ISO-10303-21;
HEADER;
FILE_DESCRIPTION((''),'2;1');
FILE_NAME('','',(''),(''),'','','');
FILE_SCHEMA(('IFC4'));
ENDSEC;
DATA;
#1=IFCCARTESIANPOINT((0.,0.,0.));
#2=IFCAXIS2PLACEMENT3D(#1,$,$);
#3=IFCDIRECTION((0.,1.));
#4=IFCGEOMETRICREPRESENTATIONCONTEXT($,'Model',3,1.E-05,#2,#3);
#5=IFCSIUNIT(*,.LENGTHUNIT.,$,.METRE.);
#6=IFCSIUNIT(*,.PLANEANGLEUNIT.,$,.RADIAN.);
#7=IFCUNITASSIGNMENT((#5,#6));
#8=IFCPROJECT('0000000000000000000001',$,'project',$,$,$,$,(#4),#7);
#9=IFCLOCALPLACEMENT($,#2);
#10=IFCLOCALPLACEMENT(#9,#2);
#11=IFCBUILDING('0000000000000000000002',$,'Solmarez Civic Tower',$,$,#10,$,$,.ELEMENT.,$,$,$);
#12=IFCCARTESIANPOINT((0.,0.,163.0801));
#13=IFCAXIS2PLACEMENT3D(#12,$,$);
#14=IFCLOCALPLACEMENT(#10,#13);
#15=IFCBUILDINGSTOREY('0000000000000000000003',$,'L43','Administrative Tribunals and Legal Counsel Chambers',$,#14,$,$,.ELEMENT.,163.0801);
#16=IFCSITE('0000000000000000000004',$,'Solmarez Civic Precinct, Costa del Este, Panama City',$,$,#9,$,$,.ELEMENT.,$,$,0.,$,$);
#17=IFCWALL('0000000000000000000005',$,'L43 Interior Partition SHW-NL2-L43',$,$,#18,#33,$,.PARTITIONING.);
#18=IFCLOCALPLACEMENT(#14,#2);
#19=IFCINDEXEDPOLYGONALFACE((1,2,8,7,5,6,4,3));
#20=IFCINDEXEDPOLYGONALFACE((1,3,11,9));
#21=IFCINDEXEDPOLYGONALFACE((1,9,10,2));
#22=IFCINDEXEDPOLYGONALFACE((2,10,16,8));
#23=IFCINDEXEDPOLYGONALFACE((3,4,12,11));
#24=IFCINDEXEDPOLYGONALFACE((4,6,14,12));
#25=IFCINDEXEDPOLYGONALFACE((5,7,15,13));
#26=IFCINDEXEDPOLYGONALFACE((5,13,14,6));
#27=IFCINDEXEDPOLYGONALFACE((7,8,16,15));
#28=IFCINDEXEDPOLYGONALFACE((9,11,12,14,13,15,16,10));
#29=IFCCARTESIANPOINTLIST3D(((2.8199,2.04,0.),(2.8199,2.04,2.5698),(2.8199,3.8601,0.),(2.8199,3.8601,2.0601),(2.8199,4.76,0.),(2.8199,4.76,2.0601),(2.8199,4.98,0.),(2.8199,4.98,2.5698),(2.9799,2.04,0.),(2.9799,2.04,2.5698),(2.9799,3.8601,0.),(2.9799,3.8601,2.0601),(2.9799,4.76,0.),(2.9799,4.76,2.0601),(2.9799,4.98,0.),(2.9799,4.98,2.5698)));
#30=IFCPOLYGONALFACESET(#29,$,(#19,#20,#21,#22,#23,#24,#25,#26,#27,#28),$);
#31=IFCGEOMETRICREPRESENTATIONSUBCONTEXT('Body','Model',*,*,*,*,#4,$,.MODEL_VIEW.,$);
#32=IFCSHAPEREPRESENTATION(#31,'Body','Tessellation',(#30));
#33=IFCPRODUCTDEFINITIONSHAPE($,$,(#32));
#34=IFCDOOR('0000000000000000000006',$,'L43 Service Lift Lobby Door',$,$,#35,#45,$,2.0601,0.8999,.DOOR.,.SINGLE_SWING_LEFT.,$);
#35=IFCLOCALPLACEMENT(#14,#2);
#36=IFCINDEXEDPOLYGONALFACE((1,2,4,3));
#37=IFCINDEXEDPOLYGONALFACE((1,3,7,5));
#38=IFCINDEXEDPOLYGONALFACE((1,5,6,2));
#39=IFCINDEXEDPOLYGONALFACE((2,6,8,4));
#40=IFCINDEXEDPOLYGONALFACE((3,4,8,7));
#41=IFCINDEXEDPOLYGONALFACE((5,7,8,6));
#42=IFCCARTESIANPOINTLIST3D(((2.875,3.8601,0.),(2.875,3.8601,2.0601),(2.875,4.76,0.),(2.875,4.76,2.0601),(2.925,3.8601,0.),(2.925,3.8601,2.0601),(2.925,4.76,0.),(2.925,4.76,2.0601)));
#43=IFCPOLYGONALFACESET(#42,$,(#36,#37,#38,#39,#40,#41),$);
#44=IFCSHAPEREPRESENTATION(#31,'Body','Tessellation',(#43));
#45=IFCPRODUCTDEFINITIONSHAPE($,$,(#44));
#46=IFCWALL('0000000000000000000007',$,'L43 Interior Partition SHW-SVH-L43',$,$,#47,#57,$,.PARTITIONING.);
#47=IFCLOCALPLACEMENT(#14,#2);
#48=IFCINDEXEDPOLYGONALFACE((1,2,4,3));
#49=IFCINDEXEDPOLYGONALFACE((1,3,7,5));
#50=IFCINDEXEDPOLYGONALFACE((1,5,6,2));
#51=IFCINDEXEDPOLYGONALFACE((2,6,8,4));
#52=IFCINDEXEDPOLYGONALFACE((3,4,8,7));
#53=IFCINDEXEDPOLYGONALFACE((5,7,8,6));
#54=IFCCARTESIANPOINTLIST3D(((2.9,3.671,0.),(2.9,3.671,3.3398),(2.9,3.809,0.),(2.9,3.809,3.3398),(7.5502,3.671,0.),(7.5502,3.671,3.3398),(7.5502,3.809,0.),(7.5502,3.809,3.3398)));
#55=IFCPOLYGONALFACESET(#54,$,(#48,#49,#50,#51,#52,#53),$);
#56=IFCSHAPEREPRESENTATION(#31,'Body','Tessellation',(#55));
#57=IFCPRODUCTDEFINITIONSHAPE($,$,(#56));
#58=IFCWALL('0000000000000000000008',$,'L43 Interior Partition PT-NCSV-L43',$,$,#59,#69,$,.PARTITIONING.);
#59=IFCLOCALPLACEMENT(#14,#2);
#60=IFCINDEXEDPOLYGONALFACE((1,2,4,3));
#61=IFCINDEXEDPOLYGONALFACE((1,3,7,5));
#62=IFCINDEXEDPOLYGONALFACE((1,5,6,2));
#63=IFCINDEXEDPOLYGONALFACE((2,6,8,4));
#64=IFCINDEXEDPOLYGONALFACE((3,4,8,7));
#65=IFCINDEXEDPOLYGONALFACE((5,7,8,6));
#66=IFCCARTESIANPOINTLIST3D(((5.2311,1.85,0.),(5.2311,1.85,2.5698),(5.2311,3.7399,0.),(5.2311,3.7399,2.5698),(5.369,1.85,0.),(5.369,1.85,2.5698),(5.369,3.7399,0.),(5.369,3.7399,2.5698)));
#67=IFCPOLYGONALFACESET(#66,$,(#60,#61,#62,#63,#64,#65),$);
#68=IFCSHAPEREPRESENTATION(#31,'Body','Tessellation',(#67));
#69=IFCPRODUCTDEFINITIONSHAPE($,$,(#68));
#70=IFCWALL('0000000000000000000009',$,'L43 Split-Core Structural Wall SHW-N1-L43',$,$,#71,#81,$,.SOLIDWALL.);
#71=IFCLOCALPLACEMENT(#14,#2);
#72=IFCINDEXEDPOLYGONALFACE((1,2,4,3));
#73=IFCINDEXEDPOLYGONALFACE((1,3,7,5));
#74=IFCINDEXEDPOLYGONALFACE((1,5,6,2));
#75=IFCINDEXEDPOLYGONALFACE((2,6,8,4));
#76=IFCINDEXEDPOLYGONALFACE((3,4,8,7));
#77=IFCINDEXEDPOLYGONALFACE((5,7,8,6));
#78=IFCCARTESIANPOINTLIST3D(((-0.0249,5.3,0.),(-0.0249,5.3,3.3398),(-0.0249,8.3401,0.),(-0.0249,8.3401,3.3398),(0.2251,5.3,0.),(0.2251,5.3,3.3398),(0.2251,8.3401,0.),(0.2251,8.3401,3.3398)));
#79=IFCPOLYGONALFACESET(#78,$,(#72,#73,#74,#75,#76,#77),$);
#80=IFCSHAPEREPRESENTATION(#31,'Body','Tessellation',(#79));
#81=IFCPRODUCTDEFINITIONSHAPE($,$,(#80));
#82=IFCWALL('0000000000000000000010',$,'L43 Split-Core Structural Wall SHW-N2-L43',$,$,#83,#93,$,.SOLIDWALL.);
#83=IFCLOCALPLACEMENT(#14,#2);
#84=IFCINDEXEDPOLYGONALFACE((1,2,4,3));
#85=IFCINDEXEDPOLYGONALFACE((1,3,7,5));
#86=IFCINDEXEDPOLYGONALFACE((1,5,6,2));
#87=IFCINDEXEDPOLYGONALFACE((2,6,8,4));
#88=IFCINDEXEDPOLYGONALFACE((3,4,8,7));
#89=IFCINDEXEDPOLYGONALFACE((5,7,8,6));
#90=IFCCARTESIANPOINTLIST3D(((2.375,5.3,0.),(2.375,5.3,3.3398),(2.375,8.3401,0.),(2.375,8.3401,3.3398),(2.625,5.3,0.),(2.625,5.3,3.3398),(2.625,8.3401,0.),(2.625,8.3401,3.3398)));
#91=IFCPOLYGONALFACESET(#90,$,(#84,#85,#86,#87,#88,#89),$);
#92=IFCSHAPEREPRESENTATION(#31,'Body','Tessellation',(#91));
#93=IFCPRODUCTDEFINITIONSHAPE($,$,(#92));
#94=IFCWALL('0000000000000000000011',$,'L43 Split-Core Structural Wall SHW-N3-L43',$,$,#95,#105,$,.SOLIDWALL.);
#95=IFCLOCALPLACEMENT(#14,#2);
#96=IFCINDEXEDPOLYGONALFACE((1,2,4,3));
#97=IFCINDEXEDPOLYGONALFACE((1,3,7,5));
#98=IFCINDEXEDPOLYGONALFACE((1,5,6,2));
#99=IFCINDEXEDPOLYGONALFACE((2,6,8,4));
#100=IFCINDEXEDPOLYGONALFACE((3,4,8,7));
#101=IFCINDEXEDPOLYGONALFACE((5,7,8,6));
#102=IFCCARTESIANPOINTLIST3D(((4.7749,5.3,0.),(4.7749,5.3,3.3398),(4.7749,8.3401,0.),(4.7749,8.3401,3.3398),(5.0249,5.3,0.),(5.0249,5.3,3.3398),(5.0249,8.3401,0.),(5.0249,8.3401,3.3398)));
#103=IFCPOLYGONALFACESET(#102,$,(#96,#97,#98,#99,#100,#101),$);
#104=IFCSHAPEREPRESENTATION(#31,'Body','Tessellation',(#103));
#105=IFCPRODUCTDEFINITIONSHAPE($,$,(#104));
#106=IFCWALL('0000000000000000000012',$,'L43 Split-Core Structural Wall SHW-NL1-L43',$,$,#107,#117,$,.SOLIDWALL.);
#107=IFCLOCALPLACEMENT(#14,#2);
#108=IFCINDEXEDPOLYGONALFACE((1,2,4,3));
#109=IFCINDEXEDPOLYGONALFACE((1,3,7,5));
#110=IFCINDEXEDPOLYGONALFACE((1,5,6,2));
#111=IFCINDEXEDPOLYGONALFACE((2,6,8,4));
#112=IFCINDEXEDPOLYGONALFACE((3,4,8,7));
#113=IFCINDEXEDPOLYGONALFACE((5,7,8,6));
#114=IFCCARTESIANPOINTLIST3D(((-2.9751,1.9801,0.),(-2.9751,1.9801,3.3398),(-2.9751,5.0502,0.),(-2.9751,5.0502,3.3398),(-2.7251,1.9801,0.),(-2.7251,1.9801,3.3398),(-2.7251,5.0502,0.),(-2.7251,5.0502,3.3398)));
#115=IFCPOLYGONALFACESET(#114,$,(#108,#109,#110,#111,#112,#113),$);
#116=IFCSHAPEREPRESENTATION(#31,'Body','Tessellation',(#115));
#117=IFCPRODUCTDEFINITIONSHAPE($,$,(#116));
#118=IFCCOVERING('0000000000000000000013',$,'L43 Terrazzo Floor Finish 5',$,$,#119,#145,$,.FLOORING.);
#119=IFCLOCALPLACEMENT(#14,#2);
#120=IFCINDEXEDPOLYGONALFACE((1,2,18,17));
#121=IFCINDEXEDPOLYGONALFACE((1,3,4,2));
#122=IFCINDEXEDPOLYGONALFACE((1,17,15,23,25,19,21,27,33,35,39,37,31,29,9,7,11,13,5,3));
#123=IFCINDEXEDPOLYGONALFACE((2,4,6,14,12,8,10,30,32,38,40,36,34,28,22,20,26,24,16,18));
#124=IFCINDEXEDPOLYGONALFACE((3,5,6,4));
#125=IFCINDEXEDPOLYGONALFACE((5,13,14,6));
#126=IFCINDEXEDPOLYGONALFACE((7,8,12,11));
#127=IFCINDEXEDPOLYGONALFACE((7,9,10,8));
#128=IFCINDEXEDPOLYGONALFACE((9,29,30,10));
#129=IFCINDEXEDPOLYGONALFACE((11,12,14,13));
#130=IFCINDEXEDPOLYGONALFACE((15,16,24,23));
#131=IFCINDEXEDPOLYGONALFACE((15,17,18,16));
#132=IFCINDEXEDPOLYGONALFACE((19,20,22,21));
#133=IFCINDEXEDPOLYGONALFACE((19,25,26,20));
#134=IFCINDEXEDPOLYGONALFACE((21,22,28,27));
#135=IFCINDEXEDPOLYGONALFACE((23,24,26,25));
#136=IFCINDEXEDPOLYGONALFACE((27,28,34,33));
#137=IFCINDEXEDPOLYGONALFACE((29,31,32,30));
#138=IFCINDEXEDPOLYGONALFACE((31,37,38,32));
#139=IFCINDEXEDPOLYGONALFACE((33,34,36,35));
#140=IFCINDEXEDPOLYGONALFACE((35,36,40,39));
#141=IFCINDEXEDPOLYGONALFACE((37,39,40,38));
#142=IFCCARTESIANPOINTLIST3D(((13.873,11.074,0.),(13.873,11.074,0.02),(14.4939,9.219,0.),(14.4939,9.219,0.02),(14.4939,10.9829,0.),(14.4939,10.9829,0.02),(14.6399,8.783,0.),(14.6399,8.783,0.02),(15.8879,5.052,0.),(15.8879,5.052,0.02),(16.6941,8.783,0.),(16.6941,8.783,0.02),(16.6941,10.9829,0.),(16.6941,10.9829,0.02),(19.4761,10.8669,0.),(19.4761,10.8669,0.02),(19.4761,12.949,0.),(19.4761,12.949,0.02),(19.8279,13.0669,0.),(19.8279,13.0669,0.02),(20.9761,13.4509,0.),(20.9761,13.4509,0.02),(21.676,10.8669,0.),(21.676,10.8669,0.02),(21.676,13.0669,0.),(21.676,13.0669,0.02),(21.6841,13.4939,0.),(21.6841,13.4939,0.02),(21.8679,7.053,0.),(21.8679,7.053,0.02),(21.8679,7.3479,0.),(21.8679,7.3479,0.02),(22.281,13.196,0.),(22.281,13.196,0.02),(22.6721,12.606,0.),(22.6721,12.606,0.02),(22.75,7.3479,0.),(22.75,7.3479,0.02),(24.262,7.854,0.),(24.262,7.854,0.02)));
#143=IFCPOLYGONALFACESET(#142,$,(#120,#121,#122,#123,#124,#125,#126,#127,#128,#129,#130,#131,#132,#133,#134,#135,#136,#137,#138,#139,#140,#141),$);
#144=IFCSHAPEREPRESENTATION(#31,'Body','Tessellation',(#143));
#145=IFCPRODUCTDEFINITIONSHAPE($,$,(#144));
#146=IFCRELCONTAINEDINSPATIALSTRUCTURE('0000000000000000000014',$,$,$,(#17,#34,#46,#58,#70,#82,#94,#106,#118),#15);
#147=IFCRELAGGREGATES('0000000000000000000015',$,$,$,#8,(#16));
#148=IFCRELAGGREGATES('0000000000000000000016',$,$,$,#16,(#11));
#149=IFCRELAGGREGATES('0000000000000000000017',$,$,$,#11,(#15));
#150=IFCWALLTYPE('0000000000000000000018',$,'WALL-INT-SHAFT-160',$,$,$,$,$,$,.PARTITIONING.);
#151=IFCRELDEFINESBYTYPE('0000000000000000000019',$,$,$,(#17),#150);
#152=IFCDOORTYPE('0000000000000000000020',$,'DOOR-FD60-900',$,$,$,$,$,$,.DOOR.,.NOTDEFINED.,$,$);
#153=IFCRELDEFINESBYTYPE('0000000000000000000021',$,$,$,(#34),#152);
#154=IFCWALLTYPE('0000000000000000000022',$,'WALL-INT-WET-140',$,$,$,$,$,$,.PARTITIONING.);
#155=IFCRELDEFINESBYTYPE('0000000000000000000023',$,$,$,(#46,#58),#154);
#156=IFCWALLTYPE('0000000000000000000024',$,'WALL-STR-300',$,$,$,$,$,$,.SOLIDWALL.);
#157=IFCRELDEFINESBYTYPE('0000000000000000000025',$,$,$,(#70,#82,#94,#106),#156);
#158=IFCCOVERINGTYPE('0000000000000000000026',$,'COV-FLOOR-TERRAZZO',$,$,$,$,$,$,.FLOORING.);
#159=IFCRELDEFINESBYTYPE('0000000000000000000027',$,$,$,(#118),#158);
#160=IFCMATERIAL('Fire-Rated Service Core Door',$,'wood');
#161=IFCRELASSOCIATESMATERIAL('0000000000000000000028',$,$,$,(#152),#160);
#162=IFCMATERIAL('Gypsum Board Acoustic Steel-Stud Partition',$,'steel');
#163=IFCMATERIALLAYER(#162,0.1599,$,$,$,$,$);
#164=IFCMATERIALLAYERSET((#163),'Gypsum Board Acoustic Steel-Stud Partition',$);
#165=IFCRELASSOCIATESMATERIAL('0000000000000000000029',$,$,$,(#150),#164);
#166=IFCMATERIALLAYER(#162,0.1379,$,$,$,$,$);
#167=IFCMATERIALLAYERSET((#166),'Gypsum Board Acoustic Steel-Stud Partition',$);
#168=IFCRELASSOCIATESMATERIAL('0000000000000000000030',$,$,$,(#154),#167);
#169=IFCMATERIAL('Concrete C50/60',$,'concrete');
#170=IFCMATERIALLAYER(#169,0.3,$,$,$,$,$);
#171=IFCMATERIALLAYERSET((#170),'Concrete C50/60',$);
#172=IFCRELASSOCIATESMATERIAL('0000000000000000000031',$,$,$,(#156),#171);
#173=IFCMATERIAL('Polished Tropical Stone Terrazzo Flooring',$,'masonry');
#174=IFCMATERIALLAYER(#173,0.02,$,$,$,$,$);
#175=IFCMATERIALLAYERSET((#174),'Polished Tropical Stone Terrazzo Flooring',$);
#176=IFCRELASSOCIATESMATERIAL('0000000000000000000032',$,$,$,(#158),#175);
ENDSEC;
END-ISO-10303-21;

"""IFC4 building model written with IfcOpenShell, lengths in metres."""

from ifc_helpers import new_model, si_unit, direction, frame, frame_2d, origin, place, context, subcontext, project, spatial, polyline, rectangle, outline, extrude, material, layer, layer_set, type_object, element, fill, save


model = new_model("IFC4")

# Units and contexts
model_context = context("Model", 3, precision=1e-05, world=origin(), true_north=direction((0.0, 1.0)))
body_context = subcontext(model_context, "Body", "Model", "MODEL_VIEW")
ifc_project = project(units=[si_unit("LENGTHUNIT", "METRE"), si_unit("PLANEANGLEUNIT", "RADIAN")], contexts=[model_context])

# Site, building, storey
site_placement = place(None, origin())
site = spatial("IfcSite", under=ifc_project, at=site_placement, Name="Solmarez Civic Precinct, Costa del Este, Panama City", CompositionType="ELEMENT", RefElevation=0.0)
building_placement = place(site_placement, origin())
building = spatial("IfcBuilding", under=site, at=building_placement, Name="Solmarez Civic Tower", CompositionType="ELEMENT")
storey_placement = place(building_placement, frame((0.0, 0.0, 163.0801)))
storey = spatial("IfcBuildingStorey", under=building, at=storey_placement, Name="L43", Description="Administrative Tribunals and Legal Counsel Chambers", CompositionType="ELEMENT", Elevation=163.0801)

# Shared definitions
ifc_material_1 = material(Name="Concrete C50/60", Category="concrete")

# Shared definitions
ifc_material_2 = material(Name="Fire-Rated Service Core Door", Category="wood")
door_type_1 = type_object("IfcDoorType", Name="DOOR-FD60-900", OperationType="NOTDEFINED", PredefinedType="DOOR", material=ifc_material_2)

# Shared definitions
ifc_material_3 = material(Name="Gypsum Board Acoustic Steel-Stud Partition", Category="steel")

# Wall, opening, door
ifc_layer_1 = layer(ifc_material_3, 0.1599)
ifc_layer_set_1 = layer_set([ifc_layer_1], Name="Gypsum Board Acoustic Steel-Stud Partition")
wall_type_1 = type_object("IfcWallType", Name="WALL-INT-SHAFT-160", PredefinedType="PARTITIONING", material=ifc_layer_set_1)
wall_1_placement = place(storey_placement, frame((2.8999, 2.04, 0.0), z_axis=(0.0, 0.0, 1.0), x_axis=(0.0, 1.0, 0.0)))
wall_1 = element("IfcWall", 1, at=wall_1_placement, inside=storey, type_object=wall_type_1, Name="L43 Interior Partition SHW-NL2-L43", PredefinedType="PARTITIONING", context=body_context, shape_type="SweptSolid", body=[
    extrude(rectangle(XDim=2.9399, YDim=0.1599, at=frame_2d((1.47, 0.0))), origin(), (0.0, 0.0, 1.0), 2.5698),
])
opening_1_placement = place(wall_1_placement, frame((1.8201, 0.0, 0.0)))
opening_1 = element("IfcOpeningElement", 2, at=opening_1_placement, cuts=wall_1, PredefinedType="OPENING", context=body_context, shape_type="SweptSolid", body=[
    extrude(rectangle(XDim=0.8999, YDim=2.0601, at=frame_2d((0.45, 1.03))), frame((0.0, 0.0898, 0.0), z_axis=(0.0, -1.0, 0.0), x_axis=(1.0, 0.0, 0.0)), (0.0, 0.0, 1.0), 0.1799),
])
door_1_placement = place(opening_1_placement, origin())
door_1 = element("IfcDoor", 3, at=door_1_placement, inside=storey, type_object=door_type_1, Name="L43 Service Lift Lobby Door", OperationType="SINGLE_SWING_LEFT", OverallHeight=2.0601, OverallWidth=0.8999, PredefinedType="DOOR", context=body_context, shape_type="SweptSolid", body=[
    extrude(rectangle(XDim=0.8999, YDim=2.0601, at=frame_2d((0.45, 1.03))), frame((0.0, 0.0249, 0.0), z_axis=(0.0, -1.0, 0.0), x_axis=(1.0, 0.0, 0.0)), (0.0, 0.0, 1.0), 0.05),
])
fill(opening_1, door_1)

# Walls
ifc_layer_2 = layer(ifc_material_3, 0.1379)
ifc_layer_set_2 = layer_set([ifc_layer_2], Name="Gypsum Board Acoustic Steel-Stud Partition")
wall_type_2 = type_object("IfcWallType", Name="WALL-INT-WET-140", PredefinedType="PARTITIONING", material=ifc_layer_set_2)
wall_2_placement = place(storey_placement, frame((2.8999, 3.74, 0.0), z_axis=(0.0, 0.0, 1.0), x_axis=(1.0, 0.0, 0.0)))
element("IfcWall", 4, at=wall_2_placement, inside=storey, type_object=wall_type_2, Name="L43 Interior Partition SHW-SVH-L43", PredefinedType="PARTITIONING", context=body_context, shape_type="SweptSolid", body=[
    extrude(rectangle(XDim=4.6501, YDim=0.1379, at=frame_2d((2.3252, 0.0))), origin(), (0.0, 0.0, 1.0), 3.3398),
])
wall_3_placement = place(storey_placement, frame((5.3, 1.8501, 0.0), z_axis=(0.0, 0.0, 1.0), x_axis=(0.0, 1.0, 0.0)))
element("IfcWall", 5, at=wall_3_placement, inside=storey, type_object=wall_type_2, Name="L43 Interior Partition PT-NCSV-L43", PredefinedType="PARTITIONING", context=body_context, shape_type="SweptSolid", body=[
    extrude(rectangle(XDim=1.8899, YDim=0.1379, at=frame_2d((0.9448, 0.0))), origin(), (0.0, 0.0, 1.0), 2.5698),
])

# Shared definitions
ifc_layer_3 = layer(ifc_material_1, 0.3)
ifc_layer_set_3 = layer_set([ifc_layer_3], Name="Concrete C50/60")
wall_type_3 = type_object("IfcWallType", Name="WALL-STR-300", PredefinedType="SOLIDWALL", material=ifc_layer_set_3)

# Walls
for number, where, z_axis, x_axis, name in (
    (6, (0.1001, 5.3, 0.0), (0.0, 0.0, 1.0), (0.0, 1.0, 0.0), "L43 Split-Core Structural Wall SHW-N1-L43"),
    (7, (2.5, 5.3, 0.0), (0.0, 0.0, 1.0), (0.0, 1.0, 0.0), "L43 Split-Core Structural Wall SHW-N2-L43"),
    (8, (4.8999, 5.3, 0.0), (0.0, 0.0, 1.0), (0.0, 1.0, 0.0), "L43 Split-Core Structural Wall SHW-N3-L43"),
):
    element("IfcWall", number, at=place(storey_placement, frame(where, z_axis=z_axis, x_axis=x_axis)), inside=storey, type_object=wall_type_3, Name=name, PredefinedType="SOLIDWALL", context=body_context, shape_type="SweptSolid", body=[
        extrude(rectangle(XDim=3.04, YDim=0.25, at=frame_2d((1.52, 0.0))), origin(), (0.0, 0.0, 1.0), 3.3398),
    ])
wall_4_placement = place(storey_placement, frame((-2.8501, 1.98, 0.0), z_axis=(0.0, 0.0, 1.0), x_axis=(0.0, 1.0, 0.0)))
element("IfcWall", 9, at=wall_4_placement, inside=storey, type_object=wall_type_3, Name="L43 Split-Core Structural Wall SHW-NL1-L43", PredefinedType="SOLIDWALL", context=body_context, shape_type="SweptSolid", body=[
    extrude(rectangle(XDim=3.0701, YDim=0.25, at=frame_2d((1.5352, 0.0))), origin(), (0.0, 0.0, 1.0), 3.3398),
])

# Covering
ifc_material_4 = material(Name="Polished Tropical Stone Terrazzo Flooring", Category="masonry")
ifc_layer_4 = layer(ifc_material_4, 0.02)
ifc_layer_set_4 = layer_set([ifc_layer_4], Name="Polished Tropical Stone Terrazzo Flooring")
covering_type = type_object("IfcCoveringType", Name="COV-FLOOR-TERRAZZO", PredefinedType="FLOORING", material=ifc_layer_set_4)
covering_placement = place(storey_placement, origin())
element("IfcCovering", 10, at=covering_placement, inside=storey, type_object=covering_type, Name="L43 Terrazzo Floor Finish 5", PredefinedType="FLOORING", context=body_context, shape_type="SweptSolid", body=[
    extrude(outline(polyline([(24.262, 7.854), (22.6721, 12.606), (22.281, 13.196), (21.6841, 13.4939), (20.9761, 13.4509), (19.8279, 13.0669), (21.676, 13.0669), (21.676, 10.8669), (19.4761, 10.8669), (19.4761, 12.949), (13.873, 11.074), (14.4939, 9.219), (14.4939, 10.9829), (16.6941, 10.9829), (16.6941, 8.783), (14.6399, 8.783), (15.8879, 5.052), (21.8679, 7.053), (21.8679, 7.3479), (22.75, 7.3479), (24.262, 7.854)])), origin(), (0.0, 0.0, 1.0), 0.02),
])

save(model, "model.ifc")
